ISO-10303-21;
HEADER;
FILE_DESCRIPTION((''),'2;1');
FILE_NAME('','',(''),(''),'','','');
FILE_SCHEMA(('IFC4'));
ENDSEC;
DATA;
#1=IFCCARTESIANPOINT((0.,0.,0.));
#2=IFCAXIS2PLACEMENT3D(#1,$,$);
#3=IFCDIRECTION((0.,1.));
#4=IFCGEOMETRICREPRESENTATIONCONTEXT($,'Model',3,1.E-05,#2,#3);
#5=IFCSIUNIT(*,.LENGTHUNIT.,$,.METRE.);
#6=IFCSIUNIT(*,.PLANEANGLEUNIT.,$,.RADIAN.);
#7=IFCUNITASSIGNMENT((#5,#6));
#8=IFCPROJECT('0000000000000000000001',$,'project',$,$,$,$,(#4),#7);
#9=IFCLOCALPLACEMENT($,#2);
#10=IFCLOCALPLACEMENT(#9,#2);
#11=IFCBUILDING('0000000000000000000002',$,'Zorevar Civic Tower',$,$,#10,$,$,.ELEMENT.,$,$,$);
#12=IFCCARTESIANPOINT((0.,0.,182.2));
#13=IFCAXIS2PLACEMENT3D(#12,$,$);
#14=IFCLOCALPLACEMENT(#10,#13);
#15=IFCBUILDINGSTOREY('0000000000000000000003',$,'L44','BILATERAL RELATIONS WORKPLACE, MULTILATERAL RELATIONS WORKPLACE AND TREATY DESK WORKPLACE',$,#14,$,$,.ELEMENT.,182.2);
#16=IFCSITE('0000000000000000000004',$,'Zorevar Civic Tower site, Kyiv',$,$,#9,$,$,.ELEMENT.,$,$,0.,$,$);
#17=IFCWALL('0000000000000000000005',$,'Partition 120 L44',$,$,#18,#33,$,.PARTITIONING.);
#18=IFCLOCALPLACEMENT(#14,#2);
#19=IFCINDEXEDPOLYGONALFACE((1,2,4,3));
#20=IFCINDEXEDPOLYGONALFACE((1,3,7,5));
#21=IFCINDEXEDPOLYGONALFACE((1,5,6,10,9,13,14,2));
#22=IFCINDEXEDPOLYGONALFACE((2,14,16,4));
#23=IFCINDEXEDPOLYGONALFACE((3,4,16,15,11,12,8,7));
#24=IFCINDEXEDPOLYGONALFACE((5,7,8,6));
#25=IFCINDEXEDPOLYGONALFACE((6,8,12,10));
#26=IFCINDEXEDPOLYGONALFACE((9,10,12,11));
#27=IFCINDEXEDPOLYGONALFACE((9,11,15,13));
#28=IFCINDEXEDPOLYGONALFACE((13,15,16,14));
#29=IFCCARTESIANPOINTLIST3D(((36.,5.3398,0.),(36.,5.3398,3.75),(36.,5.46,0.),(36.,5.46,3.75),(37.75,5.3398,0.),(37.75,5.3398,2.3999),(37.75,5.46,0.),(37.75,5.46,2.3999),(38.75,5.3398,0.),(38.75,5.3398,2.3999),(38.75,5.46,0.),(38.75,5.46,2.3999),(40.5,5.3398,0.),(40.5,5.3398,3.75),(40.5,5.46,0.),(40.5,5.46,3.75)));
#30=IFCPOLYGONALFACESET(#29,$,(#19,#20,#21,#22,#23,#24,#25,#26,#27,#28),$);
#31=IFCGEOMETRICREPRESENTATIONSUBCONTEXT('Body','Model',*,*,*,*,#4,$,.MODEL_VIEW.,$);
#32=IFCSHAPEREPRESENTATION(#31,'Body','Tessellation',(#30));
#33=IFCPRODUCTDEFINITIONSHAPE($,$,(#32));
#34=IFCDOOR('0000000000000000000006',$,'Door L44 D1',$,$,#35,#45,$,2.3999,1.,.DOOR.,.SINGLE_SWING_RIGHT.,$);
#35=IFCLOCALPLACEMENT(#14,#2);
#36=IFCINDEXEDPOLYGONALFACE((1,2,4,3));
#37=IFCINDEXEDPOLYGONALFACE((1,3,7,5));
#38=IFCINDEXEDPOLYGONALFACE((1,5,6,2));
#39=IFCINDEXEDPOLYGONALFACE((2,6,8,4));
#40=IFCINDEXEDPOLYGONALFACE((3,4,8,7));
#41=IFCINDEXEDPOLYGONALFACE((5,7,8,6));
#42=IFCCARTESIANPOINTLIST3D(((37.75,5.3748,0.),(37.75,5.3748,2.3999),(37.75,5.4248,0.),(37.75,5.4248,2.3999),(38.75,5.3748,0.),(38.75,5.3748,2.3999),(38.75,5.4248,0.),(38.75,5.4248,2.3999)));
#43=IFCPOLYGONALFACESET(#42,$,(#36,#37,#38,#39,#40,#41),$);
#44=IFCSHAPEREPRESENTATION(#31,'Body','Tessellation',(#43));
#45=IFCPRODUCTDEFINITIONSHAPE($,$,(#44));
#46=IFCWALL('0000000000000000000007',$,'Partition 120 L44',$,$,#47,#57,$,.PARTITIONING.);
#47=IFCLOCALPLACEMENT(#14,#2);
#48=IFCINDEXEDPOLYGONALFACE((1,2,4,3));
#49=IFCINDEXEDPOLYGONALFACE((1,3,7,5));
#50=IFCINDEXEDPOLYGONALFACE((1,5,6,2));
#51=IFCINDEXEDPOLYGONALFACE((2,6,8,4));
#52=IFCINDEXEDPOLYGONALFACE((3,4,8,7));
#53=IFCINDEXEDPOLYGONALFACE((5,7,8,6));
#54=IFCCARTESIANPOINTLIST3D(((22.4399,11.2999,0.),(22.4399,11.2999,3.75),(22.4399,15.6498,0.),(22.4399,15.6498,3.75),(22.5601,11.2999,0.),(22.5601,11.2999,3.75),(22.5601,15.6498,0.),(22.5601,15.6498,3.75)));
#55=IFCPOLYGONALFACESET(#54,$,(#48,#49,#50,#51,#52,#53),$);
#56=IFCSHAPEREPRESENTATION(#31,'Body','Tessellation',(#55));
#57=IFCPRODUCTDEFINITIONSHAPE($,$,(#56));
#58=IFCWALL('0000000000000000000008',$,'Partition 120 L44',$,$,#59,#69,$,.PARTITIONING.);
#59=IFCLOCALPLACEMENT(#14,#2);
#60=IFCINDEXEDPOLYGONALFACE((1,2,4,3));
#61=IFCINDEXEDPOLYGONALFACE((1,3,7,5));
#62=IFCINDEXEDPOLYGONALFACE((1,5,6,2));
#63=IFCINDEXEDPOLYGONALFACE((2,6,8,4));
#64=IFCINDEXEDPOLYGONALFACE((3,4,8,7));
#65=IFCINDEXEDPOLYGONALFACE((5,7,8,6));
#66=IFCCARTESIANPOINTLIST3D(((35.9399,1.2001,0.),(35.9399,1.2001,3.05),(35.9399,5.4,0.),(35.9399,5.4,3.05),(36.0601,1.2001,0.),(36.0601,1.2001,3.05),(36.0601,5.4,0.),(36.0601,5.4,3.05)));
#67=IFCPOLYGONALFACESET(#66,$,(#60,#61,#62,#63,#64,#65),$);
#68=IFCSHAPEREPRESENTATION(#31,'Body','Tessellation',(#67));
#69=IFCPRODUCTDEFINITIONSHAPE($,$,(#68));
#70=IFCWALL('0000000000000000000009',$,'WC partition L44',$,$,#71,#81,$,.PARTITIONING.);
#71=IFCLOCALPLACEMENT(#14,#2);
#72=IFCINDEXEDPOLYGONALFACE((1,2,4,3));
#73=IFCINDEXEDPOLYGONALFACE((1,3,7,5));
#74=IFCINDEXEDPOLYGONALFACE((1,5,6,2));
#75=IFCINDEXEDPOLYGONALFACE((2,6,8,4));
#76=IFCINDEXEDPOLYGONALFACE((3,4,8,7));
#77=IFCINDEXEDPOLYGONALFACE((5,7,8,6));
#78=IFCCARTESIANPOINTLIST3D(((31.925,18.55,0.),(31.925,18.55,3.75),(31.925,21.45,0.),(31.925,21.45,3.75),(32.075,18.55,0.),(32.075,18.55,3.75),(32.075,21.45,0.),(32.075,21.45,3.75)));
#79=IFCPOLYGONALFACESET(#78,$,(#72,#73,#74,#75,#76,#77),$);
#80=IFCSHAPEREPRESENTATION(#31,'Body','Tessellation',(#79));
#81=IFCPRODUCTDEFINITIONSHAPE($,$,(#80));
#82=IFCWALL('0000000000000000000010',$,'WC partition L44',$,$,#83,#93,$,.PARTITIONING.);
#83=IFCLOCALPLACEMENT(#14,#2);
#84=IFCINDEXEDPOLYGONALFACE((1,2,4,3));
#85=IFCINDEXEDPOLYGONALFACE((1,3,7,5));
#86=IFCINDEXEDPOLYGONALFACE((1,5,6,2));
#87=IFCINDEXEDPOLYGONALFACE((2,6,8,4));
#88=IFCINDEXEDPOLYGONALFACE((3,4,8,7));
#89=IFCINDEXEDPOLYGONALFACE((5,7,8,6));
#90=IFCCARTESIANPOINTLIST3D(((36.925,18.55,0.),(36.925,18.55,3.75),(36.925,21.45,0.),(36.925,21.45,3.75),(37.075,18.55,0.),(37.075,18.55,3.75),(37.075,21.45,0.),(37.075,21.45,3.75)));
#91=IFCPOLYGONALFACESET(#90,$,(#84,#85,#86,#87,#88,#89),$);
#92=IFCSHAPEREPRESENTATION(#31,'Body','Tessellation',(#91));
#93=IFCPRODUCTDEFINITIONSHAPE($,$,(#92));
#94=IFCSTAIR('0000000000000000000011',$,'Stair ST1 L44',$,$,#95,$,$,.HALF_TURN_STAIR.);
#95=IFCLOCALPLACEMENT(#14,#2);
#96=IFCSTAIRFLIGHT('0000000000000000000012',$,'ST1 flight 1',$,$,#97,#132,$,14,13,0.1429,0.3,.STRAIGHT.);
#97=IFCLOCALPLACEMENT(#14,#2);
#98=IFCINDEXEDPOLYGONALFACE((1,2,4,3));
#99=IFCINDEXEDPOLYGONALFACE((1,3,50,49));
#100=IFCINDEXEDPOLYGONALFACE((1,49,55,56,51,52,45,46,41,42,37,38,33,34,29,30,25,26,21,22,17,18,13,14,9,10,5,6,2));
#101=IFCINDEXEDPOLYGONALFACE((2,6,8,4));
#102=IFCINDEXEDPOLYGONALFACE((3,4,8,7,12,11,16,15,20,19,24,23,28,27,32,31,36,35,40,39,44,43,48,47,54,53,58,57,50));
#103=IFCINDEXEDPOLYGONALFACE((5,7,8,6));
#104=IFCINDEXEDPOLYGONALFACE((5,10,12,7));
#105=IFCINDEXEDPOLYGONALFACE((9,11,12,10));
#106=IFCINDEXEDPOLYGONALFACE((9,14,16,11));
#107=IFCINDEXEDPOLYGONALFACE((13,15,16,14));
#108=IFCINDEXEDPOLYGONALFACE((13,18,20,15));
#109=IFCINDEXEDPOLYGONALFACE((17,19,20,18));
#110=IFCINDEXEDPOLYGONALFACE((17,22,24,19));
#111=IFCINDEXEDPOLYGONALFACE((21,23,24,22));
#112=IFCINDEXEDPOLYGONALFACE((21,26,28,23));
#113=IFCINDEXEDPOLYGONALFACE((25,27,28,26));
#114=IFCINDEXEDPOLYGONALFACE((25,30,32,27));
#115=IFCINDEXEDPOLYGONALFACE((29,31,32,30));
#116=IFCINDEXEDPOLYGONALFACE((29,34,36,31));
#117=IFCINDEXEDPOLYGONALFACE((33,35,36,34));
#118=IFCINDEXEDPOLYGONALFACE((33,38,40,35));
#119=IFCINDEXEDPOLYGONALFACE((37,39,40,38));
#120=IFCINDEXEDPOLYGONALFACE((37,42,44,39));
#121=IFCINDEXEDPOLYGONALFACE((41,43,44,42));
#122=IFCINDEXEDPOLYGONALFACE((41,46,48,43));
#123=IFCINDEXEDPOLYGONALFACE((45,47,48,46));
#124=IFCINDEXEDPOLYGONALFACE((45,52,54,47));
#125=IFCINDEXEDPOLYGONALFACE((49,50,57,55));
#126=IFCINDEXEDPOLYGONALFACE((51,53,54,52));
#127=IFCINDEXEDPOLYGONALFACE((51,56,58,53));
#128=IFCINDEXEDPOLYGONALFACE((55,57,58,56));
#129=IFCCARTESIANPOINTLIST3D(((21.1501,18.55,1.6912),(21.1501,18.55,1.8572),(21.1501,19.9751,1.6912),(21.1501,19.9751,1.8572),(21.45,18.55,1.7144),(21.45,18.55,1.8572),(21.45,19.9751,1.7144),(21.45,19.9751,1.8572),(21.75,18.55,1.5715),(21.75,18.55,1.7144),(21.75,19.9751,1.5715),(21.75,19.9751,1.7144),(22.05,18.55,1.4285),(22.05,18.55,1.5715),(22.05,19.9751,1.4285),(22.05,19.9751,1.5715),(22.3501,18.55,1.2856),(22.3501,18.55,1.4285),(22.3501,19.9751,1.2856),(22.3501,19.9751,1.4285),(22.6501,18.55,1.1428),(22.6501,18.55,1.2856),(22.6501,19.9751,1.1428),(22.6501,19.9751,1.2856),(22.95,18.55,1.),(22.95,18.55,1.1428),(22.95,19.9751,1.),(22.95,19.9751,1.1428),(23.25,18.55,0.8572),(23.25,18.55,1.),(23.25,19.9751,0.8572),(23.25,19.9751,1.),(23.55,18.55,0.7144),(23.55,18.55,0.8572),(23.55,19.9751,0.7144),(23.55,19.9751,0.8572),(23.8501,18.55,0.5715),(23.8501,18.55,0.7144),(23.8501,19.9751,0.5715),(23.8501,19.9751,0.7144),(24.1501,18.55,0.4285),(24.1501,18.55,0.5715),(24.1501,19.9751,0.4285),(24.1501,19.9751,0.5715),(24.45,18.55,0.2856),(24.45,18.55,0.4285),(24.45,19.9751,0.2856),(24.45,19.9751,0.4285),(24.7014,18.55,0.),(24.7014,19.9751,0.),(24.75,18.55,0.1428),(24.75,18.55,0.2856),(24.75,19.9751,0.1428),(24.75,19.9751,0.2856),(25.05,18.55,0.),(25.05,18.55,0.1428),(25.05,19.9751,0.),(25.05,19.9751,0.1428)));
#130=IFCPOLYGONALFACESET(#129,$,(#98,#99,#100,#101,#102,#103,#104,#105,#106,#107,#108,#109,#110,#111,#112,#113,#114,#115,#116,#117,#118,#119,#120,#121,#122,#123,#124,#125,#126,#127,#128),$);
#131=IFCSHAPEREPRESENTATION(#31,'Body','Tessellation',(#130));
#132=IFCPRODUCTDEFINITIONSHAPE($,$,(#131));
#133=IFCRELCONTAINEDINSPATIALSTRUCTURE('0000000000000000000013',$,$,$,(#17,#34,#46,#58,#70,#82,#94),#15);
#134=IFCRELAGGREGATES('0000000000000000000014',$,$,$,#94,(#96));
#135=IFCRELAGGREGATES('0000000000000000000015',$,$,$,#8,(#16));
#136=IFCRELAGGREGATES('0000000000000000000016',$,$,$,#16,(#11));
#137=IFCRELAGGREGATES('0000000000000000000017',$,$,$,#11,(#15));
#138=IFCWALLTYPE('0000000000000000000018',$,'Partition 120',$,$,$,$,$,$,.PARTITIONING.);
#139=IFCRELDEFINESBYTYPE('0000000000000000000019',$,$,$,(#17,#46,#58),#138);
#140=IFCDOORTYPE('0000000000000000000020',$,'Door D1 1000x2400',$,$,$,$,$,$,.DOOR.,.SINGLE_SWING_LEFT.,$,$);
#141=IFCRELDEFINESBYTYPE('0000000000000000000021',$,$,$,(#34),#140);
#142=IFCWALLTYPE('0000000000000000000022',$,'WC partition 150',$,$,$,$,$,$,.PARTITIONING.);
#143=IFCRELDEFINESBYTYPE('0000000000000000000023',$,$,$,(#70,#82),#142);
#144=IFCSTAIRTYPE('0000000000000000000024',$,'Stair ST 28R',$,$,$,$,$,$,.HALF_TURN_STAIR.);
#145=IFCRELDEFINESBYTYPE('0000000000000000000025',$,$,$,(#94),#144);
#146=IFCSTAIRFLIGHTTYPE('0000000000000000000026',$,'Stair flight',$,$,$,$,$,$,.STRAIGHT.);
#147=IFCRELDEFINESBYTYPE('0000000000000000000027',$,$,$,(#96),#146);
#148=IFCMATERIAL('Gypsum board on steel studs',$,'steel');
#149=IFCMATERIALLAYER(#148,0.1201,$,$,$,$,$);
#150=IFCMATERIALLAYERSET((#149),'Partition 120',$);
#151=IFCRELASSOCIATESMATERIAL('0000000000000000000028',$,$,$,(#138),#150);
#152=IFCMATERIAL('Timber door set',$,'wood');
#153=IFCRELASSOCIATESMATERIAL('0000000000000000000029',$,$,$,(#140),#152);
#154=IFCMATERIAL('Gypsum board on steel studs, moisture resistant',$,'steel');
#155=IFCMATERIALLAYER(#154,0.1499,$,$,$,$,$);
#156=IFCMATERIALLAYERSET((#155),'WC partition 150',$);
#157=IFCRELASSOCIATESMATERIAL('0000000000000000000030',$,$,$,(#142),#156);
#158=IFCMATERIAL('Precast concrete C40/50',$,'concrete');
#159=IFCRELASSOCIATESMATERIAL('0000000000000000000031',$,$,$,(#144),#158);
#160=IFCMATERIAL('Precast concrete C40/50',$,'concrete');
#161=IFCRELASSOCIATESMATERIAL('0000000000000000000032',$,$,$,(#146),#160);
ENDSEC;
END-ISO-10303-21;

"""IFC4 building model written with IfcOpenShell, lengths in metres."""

from ifc_helpers import new_model, si_unit, direction, frame, frame_2d, origin, place, context, subcontext, project, spatial, polyline, rectangle, outline, extrude, material, layer, layer_set, type_object, element, fill, aggregate, save


model = new_model("IFC4")

# Units and contexts
model_context = context("Model", 3, precision=1e-05, world=origin(), true_north=direction((0.0, 1.0)))
body_context = subcontext(model_context, "Body", "Model", "MODEL_VIEW")
ifc_project = project(units=[si_unit("LENGTHUNIT", "METRE"), si_unit("PLANEANGLEUNIT", "RADIAN")], contexts=[model_context])

# Site, building, storey
site_placement = place(None, origin())
site = spatial("IfcSite", under=ifc_project, at=site_placement, Name="Zorevar Civic Tower site, Kyiv", CompositionType="ELEMENT", RefElevation=0.0)
building_placement = place(site_placement, origin())
building = spatial("IfcBuilding", under=site, at=building_placement, Name="Zorevar Civic Tower", CompositionType="ELEMENT")
storey_placement = place(building_placement, frame((0.0, 0.0, 182.2)))
storey = spatial("IfcBuildingStorey", under=building, at=storey_placement, Name="L44", Description="BILATERAL RELATIONS WORKPLACE, MULTILATERAL RELATIONS WORKPLACE AND TREATY DESK WORKPLACE", CompositionType="ELEMENT", Elevation=182.2)

# Wall, opening, door
ifc_material_1 = material(Name="Gypsum board on steel studs", Category="steel")
ifc_layer_1 = layer(ifc_material_1, 0.1201)
ifc_layer_set_1 = layer_set([ifc_layer_1], Name="Partition 120")
wall_type_1 = type_object("IfcWallType", Name="Partition 120", PredefinedType="PARTITIONING", material=ifc_layer_set_1)
ifc_material_2 = material(Name="Timber door set", Category="wood")
door_type_1 = type_object("IfcDoorType", Name="Door D1 1000x2400", OperationType="SINGLE_SWING_LEFT", PredefinedType="DOOR", material=ifc_material_2)
wall_1_placement = place(storey_placement, frame((36.0, 5.3999, 0.0), z_axis=(0.0, 0.0, 1.0), x_axis=(1.0, 0.0, 0.0)))
wall_1 = element("IfcWall", 1, at=wall_1_placement, inside=storey, type_object=wall_type_1, Name="Partition 120 L44", PredefinedType="PARTITIONING", context=body_context, shape_type="SweptSolid", body=[
    extrude(rectangle(XDim=4.5, YDim=0.1201, at=frame_2d((2.25, 0.0))), origin(), (0.0, 0.0, 1.0), 3.75),
])
opening_1_placement = place(wall_1_placement, frame((1.75, 0.0, 0.0)))
opening_1 = element("IfcOpeningElement", 2, at=opening_1_placement, cuts=wall_1, PredefinedType="OPENING", context=body_context, shape_type="SweptSolid", body=[
    extrude(rectangle(XDim=1.0, YDim=2.3999, at=frame_2d((0.5, 1.2))), frame((0.0, 0.0701, 0.0), z_axis=(0.0, -1.0, 0.0), x_axis=(1.0, 0.0, 0.0)), (0.0, 0.0, 1.0), 0.1401),
])
door_1_placement = place(opening_1_placement, origin())
door_1 = element("IfcDoor", 3, at=door_1_placement, inside=storey, type_object=door_type_1, Name="Door L44 D1", OperationType="SINGLE_SWING_RIGHT", OverallHeight=2.3999, OverallWidth=1.0, PredefinedType="DOOR", context=body_context, shape_type="SweptSolid", body=[
    extrude(rectangle(XDim=1.0, YDim=2.3999, at=frame_2d((0.5, 1.2))), frame((0.0, 0.0249, 0.0), z_axis=(0.0, -1.0, 0.0), x_axis=(1.0, 0.0, 0.0)), (0.0, 0.0, 1.0), 0.05),
])
fill(opening_1, door_1)

# Walls
wall_2_placement = place(storey_placement, frame((22.5, 11.3, 0.0), z_axis=(0.0, 0.0, 1.0), x_axis=(0.0, 1.0, 0.0)))
element("IfcWall", 4, at=wall_2_placement, inside=storey, type_object=wall_type_1, Name="Partition 120 L44", PredefinedType="PARTITIONING", context=body_context, shape_type="SweptSolid", body=[
    extrude(rectangle(XDim=4.3499, YDim=0.1201, at=frame_2d((2.1748, 0.0))), origin(), (0.0, 0.0, 1.0), 3.75),
])
wall_3_placement = place(storey_placement, frame((36.0, 1.2, 0.0), z_axis=(0.0, 0.0, 1.0), x_axis=(0.0, 1.0, 0.0)))
element("IfcWall", 5, at=wall_3_placement, inside=storey, type_object=wall_type_1, Name="Partition 120 L44", PredefinedType="PARTITIONING", context=body_context, shape_type="SweptSolid", body=[
    extrude(rectangle(XDim=4.2, YDim=0.1201, at=frame_2d((2.1001, 0.0))), origin(), (0.0, 0.0, 1.0), 3.05),
])
ifc_material_3 = material(Name="Gypsum board on steel studs, moisture resistant", Category="steel")
ifc_layer_2 = layer(ifc_material_3, 0.1499)
ifc_layer_set_2 = layer_set([ifc_layer_2], Name="WC partition 150")
wall_type_2 = type_object("IfcWallType", Name="WC partition 150", PredefinedType="PARTITIONING", material=ifc_layer_set_2)
for number, where, z_axis, x_axis, name in (
    (6, (32.0, 18.55, 0.0), (0.0, 0.0, 1.0), (0.0, 1.0, 0.0), "WC partition L44"),
    (7, (37.0, 18.55, 0.0), (0.0, 0.0, 1.0), (0.0, 1.0, 0.0), "WC partition L44"),
):
    element("IfcWall", number, at=place(storey_placement, frame(where, z_axis=z_axis, x_axis=x_axis)), inside=storey, type_object=wall_type_2, Name=name, PredefinedType="PARTITIONING", context=body_context, shape_type="SweptSolid", body=[
        extrude(rectangle(XDim=2.8999, YDim=0.1499, at=frame_2d((1.45, 0.0))), origin(), (0.0, 0.0, 1.0), 3.75),
    ])

# Stair, stair flight
ifc_material_4 = material(Name="Precast concrete C40/50", Category="concrete")
stair_type = type_object("IfcStairType", Name="Stair ST 28R", PredefinedType="HALF_TURN_STAIR", material=ifc_material_4)
stair_placement = place(storey_placement, origin())
stair = element("IfcStair", 8, at=stair_placement, inside=storey, type_object=stair_type, Name="Stair ST1 L44", PredefinedType="HALF_TURN_STAIR")
ifc_material_5 = material(Name="Precast concrete C40/50", Category="concrete")
stair_flight_type = type_object("IfcStairFlightType", Name="Stair flight", PredefinedType="STRAIGHT", material=ifc_material_5)
stair_flight_placement = place(storey_placement, frame((25.05, 19.2625, 0.0), z_axis=(0.0, 0.0, 1.0), x_axis=(-1.0, 0.0, 0.0)))
stair_flight = element("IfcStairFlight", 9, at=stair_flight_placement, type_object=stair_flight_type, Name="ST1 flight 1", NumberOfRisers=14, NumberOfTreads=13, PredefinedType="STRAIGHT", RiserHeight=0.1429, TreadLength=0.3, context=body_context, shape_type="SweptSolid", body=[
    extrude(outline(polyline([(0.0, 0.0), (0.0, 0.1428), (0.3, 0.1428), (0.3, 0.2856), (0.6001, 0.2856), (0.6001, 0.4285), (0.8999, 0.4285), (0.8999, 0.5715), (1.2, 0.5715), (1.2, 0.7144), (1.5, 0.7144), (1.5, 0.8572), (1.8, 0.8572), (1.8, 1.0), (2.1001, 1.0), (2.1001, 1.1428), (2.3999, 1.1428), (2.3999, 1.2856), (2.7, 1.2856), (2.7, 1.4285), (3.0, 1.4285), (3.0, 1.5715), (3.3, 1.5715), (3.3, 1.7144), (3.6001, 1.7144), (3.6001, 1.8572), (3.8999, 1.8572), (3.8999, 2.0), (3.8999, 1.6912), (0.3486, 0.0), (0.0, 0.0)])), frame((0.0, 0.7124, 0.0), z_axis=(0.0, -1.0, 0.0), x_axis=(1.0, 0.0, 0.0)), (0.0, 0.0, 1.0), 1.425),
])
aggregate(stair, [stair_flight])

save(model, "model.ifc")
